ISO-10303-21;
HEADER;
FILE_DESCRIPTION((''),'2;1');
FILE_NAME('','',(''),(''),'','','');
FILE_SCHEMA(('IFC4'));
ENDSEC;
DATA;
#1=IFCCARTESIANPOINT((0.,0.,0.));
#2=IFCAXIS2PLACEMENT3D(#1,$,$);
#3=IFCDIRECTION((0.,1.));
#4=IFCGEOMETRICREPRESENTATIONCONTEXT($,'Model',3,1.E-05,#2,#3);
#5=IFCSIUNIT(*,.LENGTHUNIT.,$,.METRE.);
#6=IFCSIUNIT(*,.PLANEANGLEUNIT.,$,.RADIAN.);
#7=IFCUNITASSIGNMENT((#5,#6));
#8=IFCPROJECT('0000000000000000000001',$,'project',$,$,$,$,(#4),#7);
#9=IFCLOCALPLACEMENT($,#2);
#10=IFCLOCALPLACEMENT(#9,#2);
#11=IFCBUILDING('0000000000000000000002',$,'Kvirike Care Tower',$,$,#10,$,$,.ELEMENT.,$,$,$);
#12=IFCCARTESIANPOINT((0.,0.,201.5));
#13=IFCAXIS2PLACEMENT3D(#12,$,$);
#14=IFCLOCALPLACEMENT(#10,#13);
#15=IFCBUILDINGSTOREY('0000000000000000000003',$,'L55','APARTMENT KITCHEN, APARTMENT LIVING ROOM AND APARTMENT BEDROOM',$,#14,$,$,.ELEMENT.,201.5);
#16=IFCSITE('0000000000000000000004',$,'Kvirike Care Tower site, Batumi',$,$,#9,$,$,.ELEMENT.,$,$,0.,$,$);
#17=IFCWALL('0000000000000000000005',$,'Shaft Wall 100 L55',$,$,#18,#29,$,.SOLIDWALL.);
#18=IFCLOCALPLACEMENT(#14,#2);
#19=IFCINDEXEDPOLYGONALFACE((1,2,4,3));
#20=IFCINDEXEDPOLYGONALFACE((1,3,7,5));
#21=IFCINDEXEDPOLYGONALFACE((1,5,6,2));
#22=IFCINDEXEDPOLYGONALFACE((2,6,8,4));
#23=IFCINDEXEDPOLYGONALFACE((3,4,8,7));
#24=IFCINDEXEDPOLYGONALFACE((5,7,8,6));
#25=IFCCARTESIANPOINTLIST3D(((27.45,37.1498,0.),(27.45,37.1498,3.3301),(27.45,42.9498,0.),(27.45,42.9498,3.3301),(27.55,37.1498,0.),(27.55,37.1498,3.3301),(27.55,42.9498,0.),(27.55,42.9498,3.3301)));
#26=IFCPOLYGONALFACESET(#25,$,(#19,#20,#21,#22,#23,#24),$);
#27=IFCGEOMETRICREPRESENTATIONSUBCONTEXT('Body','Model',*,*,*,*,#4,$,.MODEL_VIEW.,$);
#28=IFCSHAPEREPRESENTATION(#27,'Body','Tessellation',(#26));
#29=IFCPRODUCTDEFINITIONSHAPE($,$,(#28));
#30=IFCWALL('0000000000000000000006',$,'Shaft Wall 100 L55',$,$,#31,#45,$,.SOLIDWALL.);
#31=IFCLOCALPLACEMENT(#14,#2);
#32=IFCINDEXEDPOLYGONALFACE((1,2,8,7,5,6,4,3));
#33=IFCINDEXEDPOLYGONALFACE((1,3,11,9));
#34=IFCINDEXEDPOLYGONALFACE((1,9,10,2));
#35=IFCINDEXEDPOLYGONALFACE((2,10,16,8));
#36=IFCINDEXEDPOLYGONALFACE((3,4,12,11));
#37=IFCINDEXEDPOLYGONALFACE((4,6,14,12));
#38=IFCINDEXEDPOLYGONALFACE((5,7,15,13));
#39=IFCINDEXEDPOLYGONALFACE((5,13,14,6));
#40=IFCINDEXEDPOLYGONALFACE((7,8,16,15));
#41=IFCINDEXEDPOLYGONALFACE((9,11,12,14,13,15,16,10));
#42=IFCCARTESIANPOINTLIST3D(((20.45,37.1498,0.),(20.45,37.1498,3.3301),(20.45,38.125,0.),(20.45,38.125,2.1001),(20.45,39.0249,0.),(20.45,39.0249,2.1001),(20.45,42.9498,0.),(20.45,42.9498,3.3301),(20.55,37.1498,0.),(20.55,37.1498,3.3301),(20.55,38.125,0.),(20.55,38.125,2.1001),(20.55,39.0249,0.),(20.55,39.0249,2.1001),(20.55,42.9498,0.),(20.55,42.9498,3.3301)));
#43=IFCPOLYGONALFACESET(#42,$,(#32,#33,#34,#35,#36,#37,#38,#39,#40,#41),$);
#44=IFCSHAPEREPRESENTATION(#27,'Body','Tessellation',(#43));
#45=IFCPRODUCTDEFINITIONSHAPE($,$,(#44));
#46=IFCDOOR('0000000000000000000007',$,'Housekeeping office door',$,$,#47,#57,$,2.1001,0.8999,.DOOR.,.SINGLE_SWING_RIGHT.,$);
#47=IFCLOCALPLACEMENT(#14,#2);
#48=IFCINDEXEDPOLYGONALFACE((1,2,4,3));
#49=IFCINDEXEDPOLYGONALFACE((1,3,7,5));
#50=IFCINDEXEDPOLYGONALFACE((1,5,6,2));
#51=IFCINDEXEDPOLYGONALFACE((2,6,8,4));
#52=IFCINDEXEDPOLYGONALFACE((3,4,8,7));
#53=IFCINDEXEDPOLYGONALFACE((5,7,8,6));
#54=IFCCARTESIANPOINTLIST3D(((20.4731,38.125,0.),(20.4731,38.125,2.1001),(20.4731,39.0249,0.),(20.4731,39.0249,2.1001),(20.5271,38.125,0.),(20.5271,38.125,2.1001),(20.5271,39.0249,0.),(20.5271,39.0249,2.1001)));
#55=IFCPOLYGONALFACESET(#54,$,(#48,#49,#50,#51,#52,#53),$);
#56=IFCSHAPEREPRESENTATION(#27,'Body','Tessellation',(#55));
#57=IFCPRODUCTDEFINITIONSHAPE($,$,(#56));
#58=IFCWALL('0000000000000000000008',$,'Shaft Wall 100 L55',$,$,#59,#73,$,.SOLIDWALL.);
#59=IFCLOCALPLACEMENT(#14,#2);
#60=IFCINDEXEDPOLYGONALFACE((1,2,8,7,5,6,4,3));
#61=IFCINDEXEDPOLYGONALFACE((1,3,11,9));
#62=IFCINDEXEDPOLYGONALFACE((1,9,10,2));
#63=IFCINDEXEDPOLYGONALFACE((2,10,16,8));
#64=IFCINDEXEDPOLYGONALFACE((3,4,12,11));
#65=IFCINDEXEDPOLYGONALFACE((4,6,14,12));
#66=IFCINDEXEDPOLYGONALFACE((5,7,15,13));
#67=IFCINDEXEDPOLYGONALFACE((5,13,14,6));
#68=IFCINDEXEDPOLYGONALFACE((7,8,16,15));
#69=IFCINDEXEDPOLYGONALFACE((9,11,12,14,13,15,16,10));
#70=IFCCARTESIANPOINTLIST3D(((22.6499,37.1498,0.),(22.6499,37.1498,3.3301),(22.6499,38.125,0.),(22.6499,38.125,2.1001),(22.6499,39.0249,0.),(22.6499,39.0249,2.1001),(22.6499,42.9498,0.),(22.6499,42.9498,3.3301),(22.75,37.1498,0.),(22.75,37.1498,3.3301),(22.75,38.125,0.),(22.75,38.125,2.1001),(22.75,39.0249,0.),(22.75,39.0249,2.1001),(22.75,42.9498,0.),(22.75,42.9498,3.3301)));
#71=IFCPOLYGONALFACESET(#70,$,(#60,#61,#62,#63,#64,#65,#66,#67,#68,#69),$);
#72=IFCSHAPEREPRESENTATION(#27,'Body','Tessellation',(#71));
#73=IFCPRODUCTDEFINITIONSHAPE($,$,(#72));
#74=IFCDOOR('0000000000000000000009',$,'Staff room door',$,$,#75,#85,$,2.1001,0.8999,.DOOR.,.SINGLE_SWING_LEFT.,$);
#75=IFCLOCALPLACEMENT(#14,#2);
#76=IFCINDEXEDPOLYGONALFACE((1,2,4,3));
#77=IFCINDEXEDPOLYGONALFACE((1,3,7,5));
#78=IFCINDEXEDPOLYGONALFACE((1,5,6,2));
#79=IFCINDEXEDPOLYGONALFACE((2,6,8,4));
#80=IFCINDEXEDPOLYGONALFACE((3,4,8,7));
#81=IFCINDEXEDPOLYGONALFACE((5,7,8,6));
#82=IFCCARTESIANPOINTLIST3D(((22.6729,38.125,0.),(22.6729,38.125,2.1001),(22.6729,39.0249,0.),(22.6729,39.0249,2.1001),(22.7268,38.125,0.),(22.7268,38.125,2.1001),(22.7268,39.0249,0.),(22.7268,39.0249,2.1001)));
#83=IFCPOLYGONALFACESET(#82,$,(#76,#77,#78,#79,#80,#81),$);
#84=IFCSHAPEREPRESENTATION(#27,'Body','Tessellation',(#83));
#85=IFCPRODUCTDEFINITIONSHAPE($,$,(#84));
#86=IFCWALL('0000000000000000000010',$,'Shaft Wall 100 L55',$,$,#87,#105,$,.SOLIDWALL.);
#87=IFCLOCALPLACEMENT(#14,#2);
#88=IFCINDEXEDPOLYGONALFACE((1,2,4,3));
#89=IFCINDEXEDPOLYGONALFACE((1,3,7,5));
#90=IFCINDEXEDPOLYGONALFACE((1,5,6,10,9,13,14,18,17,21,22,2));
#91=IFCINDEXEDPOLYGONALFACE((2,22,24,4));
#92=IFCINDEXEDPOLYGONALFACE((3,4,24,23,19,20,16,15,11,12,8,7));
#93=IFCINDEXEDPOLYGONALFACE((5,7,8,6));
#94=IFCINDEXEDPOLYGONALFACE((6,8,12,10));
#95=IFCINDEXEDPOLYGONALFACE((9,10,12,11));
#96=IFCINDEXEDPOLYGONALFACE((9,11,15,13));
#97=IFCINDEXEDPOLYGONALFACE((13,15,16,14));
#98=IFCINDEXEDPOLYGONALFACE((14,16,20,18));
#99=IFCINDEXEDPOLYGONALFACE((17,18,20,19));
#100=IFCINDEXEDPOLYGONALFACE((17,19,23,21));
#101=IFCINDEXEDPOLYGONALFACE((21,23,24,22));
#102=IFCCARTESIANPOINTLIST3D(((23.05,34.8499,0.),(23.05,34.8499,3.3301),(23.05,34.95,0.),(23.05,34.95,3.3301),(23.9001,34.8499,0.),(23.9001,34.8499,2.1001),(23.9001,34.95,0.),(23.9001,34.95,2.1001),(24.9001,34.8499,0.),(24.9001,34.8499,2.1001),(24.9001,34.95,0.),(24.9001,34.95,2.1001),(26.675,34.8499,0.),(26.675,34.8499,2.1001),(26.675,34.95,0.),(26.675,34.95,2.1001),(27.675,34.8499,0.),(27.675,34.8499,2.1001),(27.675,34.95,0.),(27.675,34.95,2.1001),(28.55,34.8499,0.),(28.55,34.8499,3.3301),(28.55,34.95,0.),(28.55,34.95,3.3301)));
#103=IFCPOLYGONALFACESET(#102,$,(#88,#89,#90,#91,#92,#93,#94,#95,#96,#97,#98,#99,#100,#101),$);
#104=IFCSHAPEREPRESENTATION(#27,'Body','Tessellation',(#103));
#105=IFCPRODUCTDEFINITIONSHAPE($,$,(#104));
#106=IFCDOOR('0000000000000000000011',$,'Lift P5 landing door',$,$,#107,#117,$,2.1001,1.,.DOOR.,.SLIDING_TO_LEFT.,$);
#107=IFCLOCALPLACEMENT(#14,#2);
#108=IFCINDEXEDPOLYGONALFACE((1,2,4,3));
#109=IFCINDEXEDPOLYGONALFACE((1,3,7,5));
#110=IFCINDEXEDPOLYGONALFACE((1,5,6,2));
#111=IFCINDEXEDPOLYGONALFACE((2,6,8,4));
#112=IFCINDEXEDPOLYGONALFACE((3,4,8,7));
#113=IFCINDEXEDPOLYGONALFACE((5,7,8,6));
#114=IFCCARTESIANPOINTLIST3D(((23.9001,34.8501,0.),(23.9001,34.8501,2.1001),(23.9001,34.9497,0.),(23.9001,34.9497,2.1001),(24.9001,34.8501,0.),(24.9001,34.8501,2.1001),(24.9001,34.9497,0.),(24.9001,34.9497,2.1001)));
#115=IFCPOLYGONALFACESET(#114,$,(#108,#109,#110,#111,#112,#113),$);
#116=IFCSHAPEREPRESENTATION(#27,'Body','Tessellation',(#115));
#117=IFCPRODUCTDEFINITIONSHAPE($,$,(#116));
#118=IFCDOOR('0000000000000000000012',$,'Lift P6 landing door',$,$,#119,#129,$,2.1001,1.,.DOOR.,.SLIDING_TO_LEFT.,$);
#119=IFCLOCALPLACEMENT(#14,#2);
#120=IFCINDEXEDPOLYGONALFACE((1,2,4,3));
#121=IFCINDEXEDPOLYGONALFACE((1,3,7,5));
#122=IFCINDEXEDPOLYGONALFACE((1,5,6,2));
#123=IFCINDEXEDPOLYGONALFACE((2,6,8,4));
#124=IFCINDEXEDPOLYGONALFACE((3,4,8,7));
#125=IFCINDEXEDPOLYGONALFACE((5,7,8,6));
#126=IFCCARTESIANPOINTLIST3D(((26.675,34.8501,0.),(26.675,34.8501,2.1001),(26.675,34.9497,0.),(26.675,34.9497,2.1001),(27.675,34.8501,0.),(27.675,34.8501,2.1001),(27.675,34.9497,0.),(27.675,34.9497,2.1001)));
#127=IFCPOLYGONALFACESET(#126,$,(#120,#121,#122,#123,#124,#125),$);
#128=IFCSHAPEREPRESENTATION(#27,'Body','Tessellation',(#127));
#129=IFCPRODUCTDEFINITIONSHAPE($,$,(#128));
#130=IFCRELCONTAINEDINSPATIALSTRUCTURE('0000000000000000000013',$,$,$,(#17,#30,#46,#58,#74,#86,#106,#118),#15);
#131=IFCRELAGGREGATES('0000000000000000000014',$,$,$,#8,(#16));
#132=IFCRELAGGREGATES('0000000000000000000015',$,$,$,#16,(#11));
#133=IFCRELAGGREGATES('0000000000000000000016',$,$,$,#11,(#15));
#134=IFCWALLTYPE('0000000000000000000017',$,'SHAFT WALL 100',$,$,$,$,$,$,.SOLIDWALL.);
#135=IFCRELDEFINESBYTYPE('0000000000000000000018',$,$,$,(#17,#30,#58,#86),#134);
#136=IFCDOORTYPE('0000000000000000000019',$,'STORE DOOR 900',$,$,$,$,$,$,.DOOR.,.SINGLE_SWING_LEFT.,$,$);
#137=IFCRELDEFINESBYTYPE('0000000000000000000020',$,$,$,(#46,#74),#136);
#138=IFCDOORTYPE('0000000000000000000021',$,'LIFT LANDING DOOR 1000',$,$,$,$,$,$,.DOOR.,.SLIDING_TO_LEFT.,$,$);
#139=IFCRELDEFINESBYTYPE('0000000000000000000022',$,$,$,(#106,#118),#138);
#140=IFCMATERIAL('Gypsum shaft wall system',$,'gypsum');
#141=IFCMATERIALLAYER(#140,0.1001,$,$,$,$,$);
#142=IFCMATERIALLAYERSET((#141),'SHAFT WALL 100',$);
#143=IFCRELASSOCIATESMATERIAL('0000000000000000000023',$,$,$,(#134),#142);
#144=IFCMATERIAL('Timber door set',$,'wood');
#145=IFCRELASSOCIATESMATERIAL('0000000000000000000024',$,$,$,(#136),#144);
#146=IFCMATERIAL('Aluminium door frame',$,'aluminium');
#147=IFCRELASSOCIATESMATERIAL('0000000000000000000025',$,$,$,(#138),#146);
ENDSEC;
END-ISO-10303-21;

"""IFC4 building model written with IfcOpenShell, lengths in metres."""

from ifc_helpers import new_model, si_unit, direction, frame, frame_2d, origin, place, context, subcontext, project, spatial, rectangle, extrude, material, layer, layer_set, type_object, element, fill, save


model = new_model("IFC4")

# Units and contexts
model_context = context("Model", 3, precision=1e-05, world=origin(), true_north=direction((0.0, 1.0)))
body_context = subcontext(model_context, "Body", "Model", "MODEL_VIEW")
ifc_project = project(units=[si_unit("LENGTHUNIT", "METRE"), si_unit("PLANEANGLEUNIT", "RADIAN")], contexts=[model_context])

# Site, building, storey
site_placement = place(None, origin())
site = spatial("IfcSite", under=ifc_project, at=site_placement, Name="Kvirike Care Tower site, Batumi", CompositionType="ELEMENT", RefElevation=0.0)
building_placement = place(site_placement, origin())
building = spatial("IfcBuilding", under=site, at=building_placement, Name="Kvirike Care Tower", CompositionType="ELEMENT")
storey_placement = place(building_placement, frame((0.0, 0.0, 201.5)))
storey = spatial("IfcBuildingStorey", under=building, at=storey_placement, Name="L55", Description="APARTMENT KITCHEN, APARTMENT LIVING ROOM AND APARTMENT BEDROOM", CompositionType="ELEMENT", Elevation=201.5)

# Wall
ifc_material_1 = material(Name="Gypsum shaft wall system", Category="gypsum")
ifc_layer_1 = layer(ifc_material_1, 0.1001)
ifc_layer_set_1 = layer_set([ifc_layer_1], Name="SHAFT WALL 100")
wall_type_1 = type_object("IfcWallType", Name="SHAFT WALL 100", PredefinedType="SOLIDWALL", material=ifc_layer_set_1)
wall_1_placement = place(storey_placement, frame((27.5, 37.1499, 0.0), z_axis=(0.0, 0.0, 1.0), x_axis=(0.0, 1.0, 0.0)))
element("IfcWall", 1, at=wall_1_placement, inside=storey, type_object=wall_type_1, Name="Shaft Wall 100 L55", PredefinedType="SOLIDWALL", context=body_context, shape_type="SweptSolid", body=[
    extrude(rectangle(XDim=5.8, YDim=0.1001, at=frame_2d((2.8999, 0.0))), origin(), (0.0, 0.0, 1.0), 3.3301),
])

# Walls, openings, doors
wall_2_placement = place(storey_placement, frame((20.5, 37.1499, 0.0), z_axis=(0.0, 0.0, 1.0), x_axis=(0.0, 1.0, 0.0)))
wall_2 = element("IfcWall", 2, at=wall_2_placement, inside=storey, type_object=wall_type_1, Name="Shaft Wall 100 L55", PredefinedType="SOLIDWALL", context=body_context, shape_type="SweptSolid", body=[
    extrude(rectangle(XDim=5.8, YDim=0.1001, at=frame_2d((2.8999, 0.0))), origin(), (0.0, 0.0, 1.0), 3.3301),
])
opening_1_placement = place(wall_2_placement, frame((0.9751, 0.0, 0.0)))
opening_1 = element("IfcOpeningElement", 3, at=opening_1_placement, cuts=wall_2, PredefinedType="OPENING", context=body_context, shape_type="SweptSolid", body=[
    extrude(rectangle(XDim=0.8999, YDim=2.1001, at=frame_2d((0.45, 1.05))), frame((0.0, 0.0605, 0.0), z_axis=(0.0, -1.0, 0.0), x_axis=(1.0, 0.0, 0.0)), (0.0, 0.0, 1.0), 0.1211),
])
ifc_material_2 = material(Name="Timber door set", Category="wood")
door_type_1 = type_object("IfcDoorType", Name="STORE DOOR 900", OperationType="SINGLE_SWING_LEFT", PredefinedType="DOOR", material=ifc_material_2)
door_1_placement = place(opening_1_placement, origin())
door_1 = element("IfcDoor", 4, at=door_1_placement, inside=storey, type_object=door_type_1, Name="Housekeeping office door", OperationType="SINGLE_SWING_RIGHT", OverallHeight=2.1001, OverallWidth=0.8999, PredefinedType="DOOR", context=body_context, shape_type="SweptSolid", body=[
    extrude(rectangle(XDim=0.8999, YDim=2.1001, at=frame_2d((0.45, 1.05))), frame((0.0, 0.0269, 0.0), z_axis=(0.0, -1.0, 0.0), x_axis=(1.0, 0.0, 0.0)), (0.0, 0.0, 1.0), 0.054),
])
fill(opening_1, door_1)
wall_3_placement = place(storey_placement, frame((22.7, 37.1499, 0.0), z_axis=(0.0, 0.0, 1.0), x_axis=(0.0, 1.0, 0.0)))
wall_3 = element("IfcWall", 5, at=wall_3_placement, inside=storey, type_object=wall_type_1, Name="Shaft Wall 100 L55", PredefinedType="SOLIDWALL", context=body_context, shape_type="SweptSolid", body=[
    extrude(rectangle(XDim=5.8, YDim=0.1001, at=frame_2d((2.8999, 0.0))), origin(), (0.0, 0.0, 1.0), 3.3301),
])
opening_2_placement = place(wall_3_placement, frame((0.9751, 0.0, 0.0)))
opening_2 = element("IfcOpeningElement", 6, at=opening_2_placement, cuts=wall_3, PredefinedType="OPENING", context=body_context, shape_type="SweptSolid", body=[
    extrude(rectangle(XDim=0.8999, YDim=2.1001, at=frame_2d((0.45, 1.05))), frame((0.0, 0.0605, 0.0), z_axis=(0.0, -1.0, 0.0), x_axis=(1.0, 0.0, 0.0)), (0.0, 0.0, 1.0), 0.1211),
])
door_2_placement = place(opening_2_placement, frame((0.8999, 0.0, 0.0), z_axis=(0.0, 0.0, 1.0), x_axis=(-1.0, 0.0, 0.0)))
door_2 = element("IfcDoor", 7, at=door_2_placement, inside=storey, type_object=door_type_1, Name="Staff room door", OperationType="SINGLE_SWING_LEFT", OverallHeight=2.1001, OverallWidth=0.8999, PredefinedType="DOOR", context=body_context, shape_type="SweptSolid", body=[
    extrude(rectangle(XDim=0.8999, YDim=2.1001, at=frame_2d((0.45, 1.05))), frame((0.0, 0.0269, 0.0), z_axis=(0.0, -1.0, 0.0), x_axis=(1.0, 0.0, 0.0)), (0.0, 0.0, 1.0), 0.054),
])
fill(opening_2, door_2)

# Wall, openings, doors
wall_4_placement = place(storey_placement, frame((23.05, 34.8999, 0.0), z_axis=(0.0, 0.0, 1.0), x_axis=(1.0, 0.0, 0.0)))
wall_4 = element("IfcWall", 8, at=wall_4_placement, inside=storey, type_object=wall_type_1, Name="Shaft Wall 100 L55", PredefinedType="SOLIDWALL", context=body_context, shape_type="SweptSolid", body=[
    extrude(rectangle(XDim=5.5, YDim=0.1001, at=frame_2d((2.75, 0.0))), origin(), (0.0, 0.0, 1.0), 3.3301),
])
opening_3_placement = place(wall_4_placement, frame((0.8501, 0.0, 0.0)))
opening_3 = element("IfcOpeningElement", 9, at=opening_3_placement, cuts=wall_4, PredefinedType="OPENING", context=body_context, shape_type="SweptSolid", body=[
    extrude(rectangle(XDim=1.0, YDim=2.1001, at=frame_2d((0.5, 1.05))), frame((0.0, 0.0605, 0.0), z_axis=(0.0, -1.0, 0.0), x_axis=(1.0, 0.0, 0.0)), (0.0, 0.0, 1.0), 0.1211),
])
opening_4_placement = place(wall_4_placement, frame((3.625, 0.0, 0.0)))
opening_4 = element("IfcOpeningElement", 10, at=opening_4_placement, cuts=wall_4, PredefinedType="OPENING", context=body_context, shape_type="SweptSolid", body=[
    extrude(rectangle(XDim=1.0, YDim=2.1001, at=frame_2d((0.5, 1.05))), frame((0.0, 0.0605, 0.0), z_axis=(0.0, -1.0, 0.0), x_axis=(1.0, 0.0, 0.0)), (0.0, 0.0, 1.0), 0.1211),
])
ifc_material_3 = material(Name="Aluminium door frame", Category="aluminium")
door_type_2 = type_object("IfcDoorType", Name="LIFT LANDING DOOR 1000", OperationType="SLIDING_TO_LEFT", PredefinedType="DOOR", material=ifc_material_3)
door_3_placement = place(opening_3_placement, origin())
door_3 = element("IfcDoor", 11, at=door_3_placement, inside=storey, type_object=door_type_2, Name="Lift P5 landing door", OperationType="SLIDING_TO_LEFT", OverallHeight=2.1001, OverallWidth=1.0, PredefinedType="DOOR", context=body_context, shape_type="SweptSolid", body=[
    extrude(rectangle(XDim=1.0, YDim=2.1001, at=frame_2d((0.5, 1.05))), frame((0.0, 0.0498, 0.0), z_axis=(0.0, -1.0, 0.0), x_axis=(1.0, 0.0, 0.0)), (0.0, 0.0, 1.0), 0.0996),
])
fill(opening_3, door_3)
door_4_placement = place(opening_4_placement, origin())
door_4 = element("IfcDoor", 12, at=door_4_placement, inside=storey, type_object=door_type_2, Name="Lift P6 landing door", OperationType="SLIDING_TO_LEFT", OverallHeight=2.1001, OverallWidth=1.0, PredefinedType="DOOR", context=body_context, shape_type="SweptSolid", body=[
    extrude(rectangle(XDim=1.0, YDim=2.1001, at=frame_2d((0.5, 1.05))), frame((0.0, 0.0498, 0.0), z_axis=(0.0, -1.0, 0.0), x_axis=(1.0, 0.0, 0.0)), (0.0, 0.0, 1.0), 0.0996),
])
fill(opening_4, door_4)

save(model, "model.ifc")
